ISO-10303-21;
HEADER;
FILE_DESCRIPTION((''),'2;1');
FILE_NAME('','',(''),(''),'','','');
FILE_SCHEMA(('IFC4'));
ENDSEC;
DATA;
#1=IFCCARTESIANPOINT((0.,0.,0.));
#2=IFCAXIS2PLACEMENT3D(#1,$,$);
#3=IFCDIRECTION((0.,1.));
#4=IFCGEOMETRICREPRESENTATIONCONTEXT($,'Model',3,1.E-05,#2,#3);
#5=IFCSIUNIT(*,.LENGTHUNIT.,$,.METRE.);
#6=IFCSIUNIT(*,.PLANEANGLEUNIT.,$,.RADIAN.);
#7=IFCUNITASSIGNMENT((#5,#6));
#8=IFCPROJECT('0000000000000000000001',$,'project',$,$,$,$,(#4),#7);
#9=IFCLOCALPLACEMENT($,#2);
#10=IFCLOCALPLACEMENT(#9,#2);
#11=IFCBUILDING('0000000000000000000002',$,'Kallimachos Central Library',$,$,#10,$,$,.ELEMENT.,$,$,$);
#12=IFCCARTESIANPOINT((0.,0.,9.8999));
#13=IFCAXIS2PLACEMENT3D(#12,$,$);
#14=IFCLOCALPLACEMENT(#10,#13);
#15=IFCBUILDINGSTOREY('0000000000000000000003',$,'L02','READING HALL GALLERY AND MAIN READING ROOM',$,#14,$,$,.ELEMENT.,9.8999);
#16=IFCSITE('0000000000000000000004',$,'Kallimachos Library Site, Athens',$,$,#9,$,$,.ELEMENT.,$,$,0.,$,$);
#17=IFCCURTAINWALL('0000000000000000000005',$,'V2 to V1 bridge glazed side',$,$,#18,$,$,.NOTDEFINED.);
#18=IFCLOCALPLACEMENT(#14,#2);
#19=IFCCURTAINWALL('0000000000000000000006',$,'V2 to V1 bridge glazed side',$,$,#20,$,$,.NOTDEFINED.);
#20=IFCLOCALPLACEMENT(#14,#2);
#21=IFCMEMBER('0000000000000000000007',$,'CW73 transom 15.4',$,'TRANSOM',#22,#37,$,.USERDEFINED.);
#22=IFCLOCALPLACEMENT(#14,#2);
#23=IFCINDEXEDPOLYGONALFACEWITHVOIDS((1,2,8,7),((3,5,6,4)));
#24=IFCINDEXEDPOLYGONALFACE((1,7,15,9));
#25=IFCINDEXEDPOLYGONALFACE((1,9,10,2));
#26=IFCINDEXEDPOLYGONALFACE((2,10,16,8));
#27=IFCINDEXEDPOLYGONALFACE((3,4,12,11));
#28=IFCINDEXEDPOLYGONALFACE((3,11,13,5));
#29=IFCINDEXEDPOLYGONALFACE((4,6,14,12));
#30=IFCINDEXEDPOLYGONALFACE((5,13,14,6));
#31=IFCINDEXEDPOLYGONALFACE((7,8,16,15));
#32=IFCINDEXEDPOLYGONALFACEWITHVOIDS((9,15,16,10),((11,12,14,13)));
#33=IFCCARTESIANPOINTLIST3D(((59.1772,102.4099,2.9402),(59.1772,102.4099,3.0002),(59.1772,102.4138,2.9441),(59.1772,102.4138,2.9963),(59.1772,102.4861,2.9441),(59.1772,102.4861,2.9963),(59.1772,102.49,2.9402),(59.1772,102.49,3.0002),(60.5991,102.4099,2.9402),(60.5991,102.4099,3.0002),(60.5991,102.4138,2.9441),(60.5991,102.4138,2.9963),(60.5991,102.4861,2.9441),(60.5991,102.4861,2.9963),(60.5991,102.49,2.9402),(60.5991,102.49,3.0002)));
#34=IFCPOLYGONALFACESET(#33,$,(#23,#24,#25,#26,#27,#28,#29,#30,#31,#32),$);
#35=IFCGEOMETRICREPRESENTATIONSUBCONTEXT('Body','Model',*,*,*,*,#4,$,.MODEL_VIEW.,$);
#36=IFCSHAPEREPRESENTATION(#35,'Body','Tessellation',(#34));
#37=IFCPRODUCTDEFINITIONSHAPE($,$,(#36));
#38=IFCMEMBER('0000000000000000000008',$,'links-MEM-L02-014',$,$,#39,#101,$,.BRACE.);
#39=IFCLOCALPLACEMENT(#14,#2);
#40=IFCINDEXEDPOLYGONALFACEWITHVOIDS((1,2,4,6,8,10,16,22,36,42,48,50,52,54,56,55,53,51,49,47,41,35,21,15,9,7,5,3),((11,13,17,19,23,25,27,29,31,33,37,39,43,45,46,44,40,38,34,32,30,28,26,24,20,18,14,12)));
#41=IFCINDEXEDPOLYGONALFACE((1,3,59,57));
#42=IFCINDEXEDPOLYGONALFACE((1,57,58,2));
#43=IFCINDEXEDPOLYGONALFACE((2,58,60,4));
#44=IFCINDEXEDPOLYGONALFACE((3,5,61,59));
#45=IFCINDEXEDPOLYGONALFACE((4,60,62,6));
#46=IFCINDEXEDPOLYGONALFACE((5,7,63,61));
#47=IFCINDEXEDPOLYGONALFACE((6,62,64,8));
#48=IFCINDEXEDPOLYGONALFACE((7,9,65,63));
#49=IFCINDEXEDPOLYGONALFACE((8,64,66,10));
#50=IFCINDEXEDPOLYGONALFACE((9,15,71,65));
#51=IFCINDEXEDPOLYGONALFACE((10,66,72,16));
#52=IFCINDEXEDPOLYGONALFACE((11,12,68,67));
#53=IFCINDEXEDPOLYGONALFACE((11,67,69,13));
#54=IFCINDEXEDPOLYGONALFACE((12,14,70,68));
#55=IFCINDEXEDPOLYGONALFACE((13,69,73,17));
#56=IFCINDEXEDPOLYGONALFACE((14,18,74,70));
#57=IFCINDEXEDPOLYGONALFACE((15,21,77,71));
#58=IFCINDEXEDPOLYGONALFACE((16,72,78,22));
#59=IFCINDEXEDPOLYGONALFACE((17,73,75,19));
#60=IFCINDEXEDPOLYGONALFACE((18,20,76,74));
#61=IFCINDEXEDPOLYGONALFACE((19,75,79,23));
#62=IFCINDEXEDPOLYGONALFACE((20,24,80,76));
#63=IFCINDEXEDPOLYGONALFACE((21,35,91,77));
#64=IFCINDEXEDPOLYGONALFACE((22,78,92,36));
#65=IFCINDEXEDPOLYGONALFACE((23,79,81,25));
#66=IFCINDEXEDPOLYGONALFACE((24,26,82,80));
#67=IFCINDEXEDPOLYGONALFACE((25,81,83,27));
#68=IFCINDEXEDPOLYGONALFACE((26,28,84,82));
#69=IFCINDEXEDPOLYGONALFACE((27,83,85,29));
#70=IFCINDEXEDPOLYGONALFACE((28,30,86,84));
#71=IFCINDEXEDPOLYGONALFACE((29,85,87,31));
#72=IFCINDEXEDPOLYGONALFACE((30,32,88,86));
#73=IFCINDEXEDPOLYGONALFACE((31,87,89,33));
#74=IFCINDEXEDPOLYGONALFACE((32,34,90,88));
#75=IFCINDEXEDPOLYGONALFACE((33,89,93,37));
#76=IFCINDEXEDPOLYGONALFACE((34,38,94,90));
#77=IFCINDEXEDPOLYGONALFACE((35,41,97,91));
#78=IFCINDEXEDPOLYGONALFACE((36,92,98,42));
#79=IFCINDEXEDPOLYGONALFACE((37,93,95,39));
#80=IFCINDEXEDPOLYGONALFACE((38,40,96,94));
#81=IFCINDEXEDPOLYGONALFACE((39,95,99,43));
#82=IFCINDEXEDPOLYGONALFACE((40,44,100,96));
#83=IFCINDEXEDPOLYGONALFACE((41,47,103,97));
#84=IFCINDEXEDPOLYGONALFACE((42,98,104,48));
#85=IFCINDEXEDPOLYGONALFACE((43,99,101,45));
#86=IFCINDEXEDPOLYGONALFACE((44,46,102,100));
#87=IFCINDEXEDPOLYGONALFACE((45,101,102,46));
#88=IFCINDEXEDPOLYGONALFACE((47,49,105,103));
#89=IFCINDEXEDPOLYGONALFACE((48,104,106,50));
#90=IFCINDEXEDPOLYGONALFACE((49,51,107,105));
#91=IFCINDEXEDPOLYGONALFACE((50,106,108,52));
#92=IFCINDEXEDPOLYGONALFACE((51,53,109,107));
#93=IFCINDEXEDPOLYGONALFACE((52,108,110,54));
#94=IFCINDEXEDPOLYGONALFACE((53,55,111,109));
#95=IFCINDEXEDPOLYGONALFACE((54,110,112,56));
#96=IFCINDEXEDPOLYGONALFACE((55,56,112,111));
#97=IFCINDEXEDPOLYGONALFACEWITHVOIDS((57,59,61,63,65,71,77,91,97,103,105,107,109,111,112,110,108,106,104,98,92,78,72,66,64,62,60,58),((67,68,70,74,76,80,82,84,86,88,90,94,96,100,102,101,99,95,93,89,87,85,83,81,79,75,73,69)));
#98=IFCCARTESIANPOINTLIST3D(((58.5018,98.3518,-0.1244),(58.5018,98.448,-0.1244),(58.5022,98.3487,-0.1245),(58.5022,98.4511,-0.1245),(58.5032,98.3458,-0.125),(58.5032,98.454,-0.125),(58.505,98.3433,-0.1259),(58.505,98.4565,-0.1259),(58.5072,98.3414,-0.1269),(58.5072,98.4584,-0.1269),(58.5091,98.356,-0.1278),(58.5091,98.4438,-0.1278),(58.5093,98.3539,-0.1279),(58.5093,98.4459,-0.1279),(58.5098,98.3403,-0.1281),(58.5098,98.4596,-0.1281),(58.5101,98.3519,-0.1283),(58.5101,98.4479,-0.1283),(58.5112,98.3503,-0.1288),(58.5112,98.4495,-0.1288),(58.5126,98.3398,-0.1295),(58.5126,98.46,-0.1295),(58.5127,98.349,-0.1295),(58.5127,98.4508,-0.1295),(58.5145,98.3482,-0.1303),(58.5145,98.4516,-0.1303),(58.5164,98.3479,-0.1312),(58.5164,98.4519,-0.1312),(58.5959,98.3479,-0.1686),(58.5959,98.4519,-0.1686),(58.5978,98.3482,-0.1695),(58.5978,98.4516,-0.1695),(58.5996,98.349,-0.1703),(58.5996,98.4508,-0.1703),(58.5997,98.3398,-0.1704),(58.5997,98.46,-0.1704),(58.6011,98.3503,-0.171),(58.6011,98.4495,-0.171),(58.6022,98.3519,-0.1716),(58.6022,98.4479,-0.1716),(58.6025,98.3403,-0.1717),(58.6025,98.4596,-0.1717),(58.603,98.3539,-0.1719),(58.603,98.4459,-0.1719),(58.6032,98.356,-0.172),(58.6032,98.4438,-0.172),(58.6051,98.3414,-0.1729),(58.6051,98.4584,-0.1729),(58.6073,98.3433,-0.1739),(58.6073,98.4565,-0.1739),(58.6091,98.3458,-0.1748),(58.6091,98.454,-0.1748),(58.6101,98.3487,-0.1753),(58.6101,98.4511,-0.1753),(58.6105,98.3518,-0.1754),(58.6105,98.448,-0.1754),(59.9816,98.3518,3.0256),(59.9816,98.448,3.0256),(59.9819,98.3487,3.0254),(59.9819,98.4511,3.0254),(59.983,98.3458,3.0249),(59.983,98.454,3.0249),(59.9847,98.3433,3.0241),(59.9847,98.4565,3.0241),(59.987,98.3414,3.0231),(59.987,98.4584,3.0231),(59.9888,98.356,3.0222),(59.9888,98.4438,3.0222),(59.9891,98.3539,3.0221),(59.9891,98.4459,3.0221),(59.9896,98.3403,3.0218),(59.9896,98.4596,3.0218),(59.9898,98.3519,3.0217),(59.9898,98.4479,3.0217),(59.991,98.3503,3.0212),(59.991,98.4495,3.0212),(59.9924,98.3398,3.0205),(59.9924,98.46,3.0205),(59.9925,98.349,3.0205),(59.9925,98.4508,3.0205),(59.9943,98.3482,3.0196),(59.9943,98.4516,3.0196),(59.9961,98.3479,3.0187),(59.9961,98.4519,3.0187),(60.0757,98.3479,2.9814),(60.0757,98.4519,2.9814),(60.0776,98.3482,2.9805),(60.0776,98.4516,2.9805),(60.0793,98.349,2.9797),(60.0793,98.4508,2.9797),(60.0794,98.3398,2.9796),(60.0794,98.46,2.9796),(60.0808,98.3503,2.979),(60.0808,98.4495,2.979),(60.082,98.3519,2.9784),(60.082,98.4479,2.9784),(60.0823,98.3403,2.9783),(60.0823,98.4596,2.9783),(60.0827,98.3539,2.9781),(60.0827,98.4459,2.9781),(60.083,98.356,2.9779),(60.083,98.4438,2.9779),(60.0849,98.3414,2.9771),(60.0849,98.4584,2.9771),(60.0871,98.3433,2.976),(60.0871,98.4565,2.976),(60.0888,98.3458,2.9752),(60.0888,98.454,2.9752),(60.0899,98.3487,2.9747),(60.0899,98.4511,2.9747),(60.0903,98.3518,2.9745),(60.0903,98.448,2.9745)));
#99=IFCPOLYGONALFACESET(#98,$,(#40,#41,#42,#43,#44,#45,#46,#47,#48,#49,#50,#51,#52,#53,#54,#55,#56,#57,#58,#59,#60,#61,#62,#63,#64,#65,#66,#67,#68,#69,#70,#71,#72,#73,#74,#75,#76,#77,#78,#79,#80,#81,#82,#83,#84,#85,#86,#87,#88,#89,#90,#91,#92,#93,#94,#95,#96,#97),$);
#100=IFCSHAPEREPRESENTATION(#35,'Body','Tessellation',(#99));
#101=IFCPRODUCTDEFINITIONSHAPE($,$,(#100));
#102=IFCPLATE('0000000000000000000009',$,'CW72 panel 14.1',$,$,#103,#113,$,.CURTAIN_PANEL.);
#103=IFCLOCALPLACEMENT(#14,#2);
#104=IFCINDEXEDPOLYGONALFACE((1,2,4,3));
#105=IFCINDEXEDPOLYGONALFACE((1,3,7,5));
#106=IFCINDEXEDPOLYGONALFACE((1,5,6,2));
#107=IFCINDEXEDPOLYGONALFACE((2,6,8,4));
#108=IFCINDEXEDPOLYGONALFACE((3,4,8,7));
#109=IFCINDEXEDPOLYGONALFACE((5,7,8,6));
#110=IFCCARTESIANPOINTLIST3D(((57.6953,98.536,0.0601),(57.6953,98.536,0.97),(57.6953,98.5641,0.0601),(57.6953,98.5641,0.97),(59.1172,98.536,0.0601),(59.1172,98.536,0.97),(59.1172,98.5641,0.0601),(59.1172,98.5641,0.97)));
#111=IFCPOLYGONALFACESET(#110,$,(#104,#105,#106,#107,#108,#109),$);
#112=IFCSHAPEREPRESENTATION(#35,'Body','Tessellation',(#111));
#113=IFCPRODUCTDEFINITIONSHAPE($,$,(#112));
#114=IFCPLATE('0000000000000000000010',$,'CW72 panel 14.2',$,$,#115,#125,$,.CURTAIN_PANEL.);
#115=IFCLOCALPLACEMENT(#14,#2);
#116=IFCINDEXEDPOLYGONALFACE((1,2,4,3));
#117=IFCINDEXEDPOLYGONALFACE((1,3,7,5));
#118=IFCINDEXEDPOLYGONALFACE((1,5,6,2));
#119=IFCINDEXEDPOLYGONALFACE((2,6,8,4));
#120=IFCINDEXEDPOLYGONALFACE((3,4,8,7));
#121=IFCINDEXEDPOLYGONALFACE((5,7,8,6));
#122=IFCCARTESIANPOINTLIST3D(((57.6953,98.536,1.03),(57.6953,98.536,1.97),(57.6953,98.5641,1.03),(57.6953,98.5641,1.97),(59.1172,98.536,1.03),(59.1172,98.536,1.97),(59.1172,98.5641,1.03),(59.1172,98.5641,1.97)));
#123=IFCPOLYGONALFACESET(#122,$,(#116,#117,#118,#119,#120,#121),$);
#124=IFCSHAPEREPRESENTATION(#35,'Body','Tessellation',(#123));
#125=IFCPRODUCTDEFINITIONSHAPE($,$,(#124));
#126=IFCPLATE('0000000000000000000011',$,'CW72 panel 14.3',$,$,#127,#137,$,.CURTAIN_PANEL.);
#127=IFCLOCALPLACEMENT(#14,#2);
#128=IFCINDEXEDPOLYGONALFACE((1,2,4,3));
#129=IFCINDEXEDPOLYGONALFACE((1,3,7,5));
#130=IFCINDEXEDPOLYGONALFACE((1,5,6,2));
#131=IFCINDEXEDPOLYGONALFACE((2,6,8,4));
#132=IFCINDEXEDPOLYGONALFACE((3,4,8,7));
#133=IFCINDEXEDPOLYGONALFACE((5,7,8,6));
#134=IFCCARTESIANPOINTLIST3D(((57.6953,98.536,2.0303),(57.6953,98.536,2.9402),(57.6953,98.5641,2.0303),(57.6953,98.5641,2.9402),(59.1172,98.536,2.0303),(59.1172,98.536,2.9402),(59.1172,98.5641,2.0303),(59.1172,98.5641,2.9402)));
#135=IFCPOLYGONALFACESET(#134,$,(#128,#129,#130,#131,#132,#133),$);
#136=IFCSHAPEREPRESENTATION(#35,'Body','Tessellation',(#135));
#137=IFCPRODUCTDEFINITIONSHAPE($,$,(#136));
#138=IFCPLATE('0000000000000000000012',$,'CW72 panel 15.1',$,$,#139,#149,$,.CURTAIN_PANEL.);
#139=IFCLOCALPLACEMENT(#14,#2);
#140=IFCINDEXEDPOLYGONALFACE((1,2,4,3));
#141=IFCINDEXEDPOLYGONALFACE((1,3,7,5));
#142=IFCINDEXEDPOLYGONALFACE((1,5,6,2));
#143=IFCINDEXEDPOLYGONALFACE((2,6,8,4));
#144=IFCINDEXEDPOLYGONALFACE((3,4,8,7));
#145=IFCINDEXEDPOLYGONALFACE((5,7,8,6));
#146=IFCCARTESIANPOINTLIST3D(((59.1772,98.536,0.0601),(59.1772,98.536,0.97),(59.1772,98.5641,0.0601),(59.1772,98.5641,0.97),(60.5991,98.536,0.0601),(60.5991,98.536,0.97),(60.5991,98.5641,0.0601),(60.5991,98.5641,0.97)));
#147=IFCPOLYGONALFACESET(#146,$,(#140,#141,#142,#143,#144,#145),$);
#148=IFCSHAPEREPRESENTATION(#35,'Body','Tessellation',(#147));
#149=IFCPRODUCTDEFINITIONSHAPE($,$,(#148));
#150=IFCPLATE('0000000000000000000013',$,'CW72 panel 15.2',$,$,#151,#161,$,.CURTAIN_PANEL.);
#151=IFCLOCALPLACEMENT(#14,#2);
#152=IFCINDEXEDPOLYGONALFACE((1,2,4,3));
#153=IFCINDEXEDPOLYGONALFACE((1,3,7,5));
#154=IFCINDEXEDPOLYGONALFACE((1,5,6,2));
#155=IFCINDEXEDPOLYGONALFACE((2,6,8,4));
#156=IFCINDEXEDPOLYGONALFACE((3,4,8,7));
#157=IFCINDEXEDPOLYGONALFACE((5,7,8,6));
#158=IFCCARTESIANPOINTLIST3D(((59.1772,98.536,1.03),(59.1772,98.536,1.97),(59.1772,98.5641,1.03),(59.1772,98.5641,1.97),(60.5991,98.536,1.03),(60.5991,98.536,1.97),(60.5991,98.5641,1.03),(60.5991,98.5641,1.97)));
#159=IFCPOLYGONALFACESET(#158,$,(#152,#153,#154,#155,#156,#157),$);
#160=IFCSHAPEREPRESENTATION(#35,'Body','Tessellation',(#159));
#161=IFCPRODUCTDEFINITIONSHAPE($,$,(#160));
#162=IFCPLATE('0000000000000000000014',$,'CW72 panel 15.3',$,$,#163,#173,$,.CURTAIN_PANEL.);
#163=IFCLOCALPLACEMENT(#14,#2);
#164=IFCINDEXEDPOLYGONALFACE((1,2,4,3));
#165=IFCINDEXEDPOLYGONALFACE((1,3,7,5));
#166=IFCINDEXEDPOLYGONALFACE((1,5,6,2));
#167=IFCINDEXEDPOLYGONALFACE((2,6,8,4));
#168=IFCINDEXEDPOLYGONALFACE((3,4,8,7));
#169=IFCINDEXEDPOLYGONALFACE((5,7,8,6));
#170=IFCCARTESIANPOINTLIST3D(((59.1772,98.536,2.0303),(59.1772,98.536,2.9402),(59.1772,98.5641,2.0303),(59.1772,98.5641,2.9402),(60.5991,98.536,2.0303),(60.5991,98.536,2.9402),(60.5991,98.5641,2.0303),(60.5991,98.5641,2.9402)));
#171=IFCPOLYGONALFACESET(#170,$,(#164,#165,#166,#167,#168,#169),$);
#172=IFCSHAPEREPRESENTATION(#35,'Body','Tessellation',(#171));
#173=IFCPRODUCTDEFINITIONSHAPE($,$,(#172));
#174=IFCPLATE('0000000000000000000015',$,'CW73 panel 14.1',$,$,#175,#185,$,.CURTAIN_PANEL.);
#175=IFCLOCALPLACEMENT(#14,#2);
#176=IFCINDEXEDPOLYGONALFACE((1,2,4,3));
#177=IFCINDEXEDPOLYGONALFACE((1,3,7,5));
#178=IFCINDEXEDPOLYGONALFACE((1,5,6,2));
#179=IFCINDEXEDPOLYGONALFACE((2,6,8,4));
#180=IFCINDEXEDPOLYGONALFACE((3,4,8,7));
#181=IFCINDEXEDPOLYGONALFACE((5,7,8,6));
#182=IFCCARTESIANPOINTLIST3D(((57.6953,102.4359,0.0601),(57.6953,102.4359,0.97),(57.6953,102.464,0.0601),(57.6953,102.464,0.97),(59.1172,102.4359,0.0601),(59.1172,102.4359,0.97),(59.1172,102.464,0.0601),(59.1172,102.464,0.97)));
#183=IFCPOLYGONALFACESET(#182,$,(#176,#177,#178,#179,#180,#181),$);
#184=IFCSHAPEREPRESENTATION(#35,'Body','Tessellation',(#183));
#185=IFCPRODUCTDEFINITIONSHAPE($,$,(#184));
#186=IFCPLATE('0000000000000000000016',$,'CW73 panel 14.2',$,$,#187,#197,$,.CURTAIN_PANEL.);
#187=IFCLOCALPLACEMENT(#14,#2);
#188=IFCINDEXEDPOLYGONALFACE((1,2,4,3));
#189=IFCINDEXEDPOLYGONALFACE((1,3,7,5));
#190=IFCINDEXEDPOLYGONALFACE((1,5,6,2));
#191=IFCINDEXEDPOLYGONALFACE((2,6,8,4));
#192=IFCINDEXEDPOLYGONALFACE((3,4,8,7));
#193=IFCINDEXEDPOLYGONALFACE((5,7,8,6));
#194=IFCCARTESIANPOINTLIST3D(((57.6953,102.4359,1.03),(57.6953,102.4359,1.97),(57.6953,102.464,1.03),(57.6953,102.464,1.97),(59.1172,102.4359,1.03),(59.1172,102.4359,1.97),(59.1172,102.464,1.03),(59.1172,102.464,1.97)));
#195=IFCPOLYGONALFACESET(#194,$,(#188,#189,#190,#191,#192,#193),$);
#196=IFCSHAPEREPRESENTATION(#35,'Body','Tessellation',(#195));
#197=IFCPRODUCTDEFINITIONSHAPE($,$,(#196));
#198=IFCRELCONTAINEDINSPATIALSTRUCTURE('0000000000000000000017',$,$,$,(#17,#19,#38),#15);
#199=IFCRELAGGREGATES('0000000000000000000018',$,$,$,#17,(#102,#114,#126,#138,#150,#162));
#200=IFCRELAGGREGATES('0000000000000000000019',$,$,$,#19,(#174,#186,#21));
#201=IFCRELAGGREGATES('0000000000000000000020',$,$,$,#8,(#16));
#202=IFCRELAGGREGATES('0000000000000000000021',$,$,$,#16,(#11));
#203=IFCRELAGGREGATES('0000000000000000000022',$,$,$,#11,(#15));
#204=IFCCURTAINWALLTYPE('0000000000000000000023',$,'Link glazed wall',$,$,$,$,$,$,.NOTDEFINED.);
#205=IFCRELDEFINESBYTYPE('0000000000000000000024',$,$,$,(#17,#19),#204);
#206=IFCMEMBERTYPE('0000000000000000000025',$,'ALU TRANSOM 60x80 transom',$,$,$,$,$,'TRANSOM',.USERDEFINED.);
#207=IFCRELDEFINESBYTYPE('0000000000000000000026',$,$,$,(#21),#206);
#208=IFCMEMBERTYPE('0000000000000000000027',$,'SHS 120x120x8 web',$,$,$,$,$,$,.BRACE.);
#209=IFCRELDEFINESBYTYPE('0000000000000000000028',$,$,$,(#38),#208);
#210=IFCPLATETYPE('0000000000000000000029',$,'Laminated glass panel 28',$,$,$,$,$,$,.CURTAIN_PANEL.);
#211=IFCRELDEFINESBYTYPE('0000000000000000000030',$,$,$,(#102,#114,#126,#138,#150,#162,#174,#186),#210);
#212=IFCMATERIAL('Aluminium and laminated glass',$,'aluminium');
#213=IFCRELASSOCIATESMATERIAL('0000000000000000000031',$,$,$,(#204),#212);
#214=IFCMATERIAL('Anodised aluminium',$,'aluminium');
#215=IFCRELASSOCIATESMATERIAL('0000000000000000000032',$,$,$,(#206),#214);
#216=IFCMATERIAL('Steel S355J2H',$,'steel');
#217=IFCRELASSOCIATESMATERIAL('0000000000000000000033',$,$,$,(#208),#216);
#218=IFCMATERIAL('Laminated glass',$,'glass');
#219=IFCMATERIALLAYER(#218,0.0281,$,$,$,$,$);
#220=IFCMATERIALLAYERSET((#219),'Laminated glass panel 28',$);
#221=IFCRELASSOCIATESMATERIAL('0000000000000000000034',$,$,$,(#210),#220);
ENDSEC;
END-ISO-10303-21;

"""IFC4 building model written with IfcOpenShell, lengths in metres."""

from ifc_helpers import new_model, si_unit, direction, frame, origin, origin_2d, place, context, subcontext, project, spatial, rectangle, hollow_rectangle, extrude, material, layer, layer_set, material_profile, profile_set, type_object, element, aggregate, save


model = new_model("IFC4")

# Units and contexts
model_context = context("Model", 3, precision=1e-05, world=origin(), true_north=direction((0.0, 1.0)))
body_context = subcontext(model_context, "Body", "Model", "MODEL_VIEW")
ifc_project = project(units=[si_unit("LENGTHUNIT", "METRE"), si_unit("PLANEANGLEUNIT", "RADIAN")], contexts=[model_context])

# Site, building, storey
site_placement = place(None, origin())
site = spatial("IfcSite", under=ifc_project, at=site_placement, Name="Kallimachos Library Site, Athens", CompositionType="ELEMENT", RefElevation=0.0)
building_placement = place(site_placement, origin())
building = spatial("IfcBuilding", under=site, at=building_placement, Name="Kallimachos Central Library", CompositionType="ELEMENT")
storey_placement = place(building_placement, frame((0.0, 0.0, 9.8999)))
storey = spatial("IfcBuildingStorey", under=building, at=storey_placement, Name="L02", Description="READING HALL GALLERY AND MAIN READING ROOM", CompositionType="ELEMENT", Elevation=9.8999)

# Curtain walls
ifc_material_1 = material(Name="Aluminium and laminated glass", Category="aluminium")
curtain_wall_type = type_object("IfcCurtainWallType", Name="Link glazed wall", PredefinedType="NOTDEFINED", material=ifc_material_1)
curtain_wall_1_placement = place(storey_placement, origin())
curtain_wall_1 = element("IfcCurtainWall", 1, at=curtain_wall_1_placement, inside=storey, type_object=curtain_wall_type, Name="V2 to V1 bridge glazed side", PredefinedType="NOTDEFINED")
curtain_wall_2_placement = place(storey_placement, origin())
curtain_wall_2 = element("IfcCurtainWall", 2, at=curtain_wall_2_placement, inside=storey, type_object=curtain_wall_type, Name="V2 to V1 bridge glazed side", PredefinedType="NOTDEFINED")

# Members
ifc_material_2 = material(Name="Anodised aluminium", Category="aluminium")
ifc_material_profile_1 = material_profile(ifc_material_2, hollow_rectangle(XDim=0.0601, YDim=0.0801, WallThickness=0.0039, at=origin_2d()), Name="ALU TRANSOM 60x80")
ifc_profile_set_1 = profile_set([ifc_material_profile_1], Name="Anodised aluminium")
member_type_1 = type_object("IfcMemberType", Name="ALU TRANSOM 60x80 transom", ElementType="TRANSOM", PredefinedType="USERDEFINED", material=ifc_profile_set_1)
member_1_placement = place(storey_placement, frame((59.1772, 102.45, 2.9702), z_axis=(1.0, 0.0, 0.0), x_axis=(0.0, 0.0, 1.0)))
member_1 = element("IfcMember", 3, at=member_1_placement, type_object=member_type_1, Name="CW73 transom 15.4", ObjectType="TRANSOM", PredefinedType="USERDEFINED", context=body_context, shape_type="SweptSolid", body=[
    extrude(hollow_rectangle(XDim=0.0601, YDim=0.0801, WallThickness=0.0039, at=origin_2d()), origin(), (0.0, 0.0, 1.0), 1.4219),
])
ifc_material_3 = material(Name="Steel S355J2H", Category="steel")
ifc_material_profile_2 = material_profile(ifc_material_3, hollow_rectangle(XDim=0.1201, YDim=0.1201, WallThickness=0.0081, InnerFilletRadius=0.0081, OuterFilletRadius=0.012, at=origin_2d()), Name="SHS 120x120x8")
ifc_profile_set_2 = profile_set([ifc_material_profile_2], Name="Steel S355J2H")
member_type_2 = type_object("IfcMemberType", Name="SHS 120x120x8 web", PredefinedType="BRACE", material=ifc_profile_set_2)
member_2_placement = place(storey_placement, frame((58.5562, 98.3999, -0.1499), z_axis=(0.425192, 0.0, 0.905103), x_axis=(0.0, 1.0, 0.0)))
element("IfcMember", 4, at=member_2_placement, inside=storey, type_object=member_type_2, Name="links-MEM-L02-014", PredefinedType="BRACE", context=body_context, shape_type="SweptSolid", body=[
    extrude(hollow_rectangle(XDim=0.1201, YDim=0.1201, WallThickness=0.0081, InnerFilletRadius=0.0081, OuterFilletRadius=0.012, at=origin_2d()), origin(), (0.0, 0.0, 1.0), 3.4802),
])

# Plates
ifc_material_4 = material(Name="Laminated glass", Category="glass")
ifc_layer = layer(ifc_material_4, 0.0281)
ifc_layer_set = layer_set([ifc_layer], Name="Laminated glass panel 28")
plate_type = type_object("IfcPlateType", Name="Laminated glass panel 28", PredefinedType="CURTAIN_PANEL", material=ifc_layer_set)
plate_1_placement = place(storey_placement, frame((58.4062, 98.55, 0.0601), z_axis=(0.0, 0.0, 1.0), x_axis=(1.0, 0.0, 0.0)))
plate_1 = element("IfcPlate", 5, at=plate_1_placement, type_object=plate_type, Name="CW72 panel 14.1", PredefinedType="CURTAIN_PANEL", context=body_context, shape_type="SweptSolid", body=[
    extrude(rectangle(XDim=1.4219, YDim=0.0281, at=origin_2d()), origin(), (0.0, 0.0, 1.0), 0.9099),
])
plate_2_placement = place(storey_placement, frame((58.4062, 98.55, 1.03), z_axis=(0.0, 0.0, 1.0), x_axis=(1.0, 0.0, 0.0)))
plate_2 = element("IfcPlate", 6, at=plate_2_placement, type_object=plate_type, Name="CW72 panel 14.2", PredefinedType="CURTAIN_PANEL", context=body_context, shape_type="SweptSolid", body=[
    extrude(rectangle(XDim=1.4219, YDim=0.0281, at=origin_2d()), origin(), (0.0, 0.0, 1.0), 0.9399),
])
plate_3_placement = place(storey_placement, frame((58.4062, 98.55, 2.0303), z_axis=(0.0, 0.0, 1.0), x_axis=(1.0, 0.0, 0.0)))
plate_3 = element("IfcPlate", 7, at=plate_3_placement, type_object=plate_type, Name="CW72 panel 14.3", PredefinedType="CURTAIN_PANEL", context=body_context, shape_type="SweptSolid", body=[
    extrude(rectangle(XDim=1.4219, YDim=0.0281, at=origin_2d()), origin(), (0.0, 0.0, 1.0), 0.9099),
])
plate_4_placement = place(storey_placement, frame((59.8882, 98.55, 0.0601), z_axis=(0.0, 0.0, 1.0), x_axis=(1.0, 0.0, 0.0)))
plate_4 = element("IfcPlate", 8, at=plate_4_placement, type_object=plate_type, Name="CW72 panel 15.1", PredefinedType="CURTAIN_PANEL", context=body_context, shape_type="SweptSolid", body=[
    extrude(rectangle(XDim=1.4219, YDim=0.0281, at=origin_2d()), origin(), (0.0, 0.0, 1.0), 0.9099),
])
plate_5_placement = place(storey_placement, frame((59.8882, 98.55, 1.03), z_axis=(0.0, 0.0, 1.0), x_axis=(1.0, 0.0, 0.0)))
plate_5 = element("IfcPlate", 9, at=plate_5_placement, type_object=plate_type, Name="CW72 panel 15.2", PredefinedType="CURTAIN_PANEL", context=body_context, shape_type="SweptSolid", body=[
    extrude(rectangle(XDim=1.4219, YDim=0.0281, at=origin_2d()), origin(), (0.0, 0.0, 1.0), 0.9399),
])
plate_6_placement = place(storey_placement, frame((59.8882, 98.55, 2.0303), z_axis=(0.0, 0.0, 1.0), x_axis=(1.0, 0.0, 0.0)))
plate_6 = element("IfcPlate", 10, at=plate_6_placement, type_object=plate_type, Name="CW72 panel 15.3", PredefinedType="CURTAIN_PANEL", context=body_context, shape_type="SweptSolid", body=[
    extrude(rectangle(XDim=1.4219, YDim=0.0281, at=origin_2d()), origin(), (0.0, 0.0, 1.0), 0.9099),
])
aggregate(curtain_wall_1, [plate_1, plate_2, plate_3, plate_4, plate_5, plate_6])
plate_7_placement = place(storey_placement, frame((58.4062, 102.45, 0.0601), z_axis=(0.0, 0.0, 1.0), x_axis=(1.0, 0.0, 0.0)))
plate_7 = element("IfcPlate", 11, at=plate_7_placement, type_object=plate_type, Name="CW73 panel 14.1", PredefinedType="CURTAIN_PANEL", context=body_context, shape_type="SweptSolid", body=[
    extrude(rectangle(XDim=1.4219, YDim=0.0281, at=origin_2d()), origin(), (0.0, 0.0, 1.0), 0.9099),
])
plate_8_placement = place(storey_placement, frame((58.4062, 102.45, 1.03), z_axis=(0.0, 0.0, 1.0), x_axis=(1.0, 0.0, 0.0)))
plate_8 = element("IfcPlate", 12, at=plate_8_placement, type_object=plate_type, Name="CW73 panel 14.2", PredefinedType="CURTAIN_PANEL", context=body_context, shape_type="SweptSolid", body=[
    extrude(rectangle(XDim=1.4219, YDim=0.0281, at=origin_2d()), origin(), (0.0, 0.0, 1.0), 0.9399),
])
aggregate(curtain_wall_2, [plate_7, plate_8, member_1])

save(model, "model.ifc")
